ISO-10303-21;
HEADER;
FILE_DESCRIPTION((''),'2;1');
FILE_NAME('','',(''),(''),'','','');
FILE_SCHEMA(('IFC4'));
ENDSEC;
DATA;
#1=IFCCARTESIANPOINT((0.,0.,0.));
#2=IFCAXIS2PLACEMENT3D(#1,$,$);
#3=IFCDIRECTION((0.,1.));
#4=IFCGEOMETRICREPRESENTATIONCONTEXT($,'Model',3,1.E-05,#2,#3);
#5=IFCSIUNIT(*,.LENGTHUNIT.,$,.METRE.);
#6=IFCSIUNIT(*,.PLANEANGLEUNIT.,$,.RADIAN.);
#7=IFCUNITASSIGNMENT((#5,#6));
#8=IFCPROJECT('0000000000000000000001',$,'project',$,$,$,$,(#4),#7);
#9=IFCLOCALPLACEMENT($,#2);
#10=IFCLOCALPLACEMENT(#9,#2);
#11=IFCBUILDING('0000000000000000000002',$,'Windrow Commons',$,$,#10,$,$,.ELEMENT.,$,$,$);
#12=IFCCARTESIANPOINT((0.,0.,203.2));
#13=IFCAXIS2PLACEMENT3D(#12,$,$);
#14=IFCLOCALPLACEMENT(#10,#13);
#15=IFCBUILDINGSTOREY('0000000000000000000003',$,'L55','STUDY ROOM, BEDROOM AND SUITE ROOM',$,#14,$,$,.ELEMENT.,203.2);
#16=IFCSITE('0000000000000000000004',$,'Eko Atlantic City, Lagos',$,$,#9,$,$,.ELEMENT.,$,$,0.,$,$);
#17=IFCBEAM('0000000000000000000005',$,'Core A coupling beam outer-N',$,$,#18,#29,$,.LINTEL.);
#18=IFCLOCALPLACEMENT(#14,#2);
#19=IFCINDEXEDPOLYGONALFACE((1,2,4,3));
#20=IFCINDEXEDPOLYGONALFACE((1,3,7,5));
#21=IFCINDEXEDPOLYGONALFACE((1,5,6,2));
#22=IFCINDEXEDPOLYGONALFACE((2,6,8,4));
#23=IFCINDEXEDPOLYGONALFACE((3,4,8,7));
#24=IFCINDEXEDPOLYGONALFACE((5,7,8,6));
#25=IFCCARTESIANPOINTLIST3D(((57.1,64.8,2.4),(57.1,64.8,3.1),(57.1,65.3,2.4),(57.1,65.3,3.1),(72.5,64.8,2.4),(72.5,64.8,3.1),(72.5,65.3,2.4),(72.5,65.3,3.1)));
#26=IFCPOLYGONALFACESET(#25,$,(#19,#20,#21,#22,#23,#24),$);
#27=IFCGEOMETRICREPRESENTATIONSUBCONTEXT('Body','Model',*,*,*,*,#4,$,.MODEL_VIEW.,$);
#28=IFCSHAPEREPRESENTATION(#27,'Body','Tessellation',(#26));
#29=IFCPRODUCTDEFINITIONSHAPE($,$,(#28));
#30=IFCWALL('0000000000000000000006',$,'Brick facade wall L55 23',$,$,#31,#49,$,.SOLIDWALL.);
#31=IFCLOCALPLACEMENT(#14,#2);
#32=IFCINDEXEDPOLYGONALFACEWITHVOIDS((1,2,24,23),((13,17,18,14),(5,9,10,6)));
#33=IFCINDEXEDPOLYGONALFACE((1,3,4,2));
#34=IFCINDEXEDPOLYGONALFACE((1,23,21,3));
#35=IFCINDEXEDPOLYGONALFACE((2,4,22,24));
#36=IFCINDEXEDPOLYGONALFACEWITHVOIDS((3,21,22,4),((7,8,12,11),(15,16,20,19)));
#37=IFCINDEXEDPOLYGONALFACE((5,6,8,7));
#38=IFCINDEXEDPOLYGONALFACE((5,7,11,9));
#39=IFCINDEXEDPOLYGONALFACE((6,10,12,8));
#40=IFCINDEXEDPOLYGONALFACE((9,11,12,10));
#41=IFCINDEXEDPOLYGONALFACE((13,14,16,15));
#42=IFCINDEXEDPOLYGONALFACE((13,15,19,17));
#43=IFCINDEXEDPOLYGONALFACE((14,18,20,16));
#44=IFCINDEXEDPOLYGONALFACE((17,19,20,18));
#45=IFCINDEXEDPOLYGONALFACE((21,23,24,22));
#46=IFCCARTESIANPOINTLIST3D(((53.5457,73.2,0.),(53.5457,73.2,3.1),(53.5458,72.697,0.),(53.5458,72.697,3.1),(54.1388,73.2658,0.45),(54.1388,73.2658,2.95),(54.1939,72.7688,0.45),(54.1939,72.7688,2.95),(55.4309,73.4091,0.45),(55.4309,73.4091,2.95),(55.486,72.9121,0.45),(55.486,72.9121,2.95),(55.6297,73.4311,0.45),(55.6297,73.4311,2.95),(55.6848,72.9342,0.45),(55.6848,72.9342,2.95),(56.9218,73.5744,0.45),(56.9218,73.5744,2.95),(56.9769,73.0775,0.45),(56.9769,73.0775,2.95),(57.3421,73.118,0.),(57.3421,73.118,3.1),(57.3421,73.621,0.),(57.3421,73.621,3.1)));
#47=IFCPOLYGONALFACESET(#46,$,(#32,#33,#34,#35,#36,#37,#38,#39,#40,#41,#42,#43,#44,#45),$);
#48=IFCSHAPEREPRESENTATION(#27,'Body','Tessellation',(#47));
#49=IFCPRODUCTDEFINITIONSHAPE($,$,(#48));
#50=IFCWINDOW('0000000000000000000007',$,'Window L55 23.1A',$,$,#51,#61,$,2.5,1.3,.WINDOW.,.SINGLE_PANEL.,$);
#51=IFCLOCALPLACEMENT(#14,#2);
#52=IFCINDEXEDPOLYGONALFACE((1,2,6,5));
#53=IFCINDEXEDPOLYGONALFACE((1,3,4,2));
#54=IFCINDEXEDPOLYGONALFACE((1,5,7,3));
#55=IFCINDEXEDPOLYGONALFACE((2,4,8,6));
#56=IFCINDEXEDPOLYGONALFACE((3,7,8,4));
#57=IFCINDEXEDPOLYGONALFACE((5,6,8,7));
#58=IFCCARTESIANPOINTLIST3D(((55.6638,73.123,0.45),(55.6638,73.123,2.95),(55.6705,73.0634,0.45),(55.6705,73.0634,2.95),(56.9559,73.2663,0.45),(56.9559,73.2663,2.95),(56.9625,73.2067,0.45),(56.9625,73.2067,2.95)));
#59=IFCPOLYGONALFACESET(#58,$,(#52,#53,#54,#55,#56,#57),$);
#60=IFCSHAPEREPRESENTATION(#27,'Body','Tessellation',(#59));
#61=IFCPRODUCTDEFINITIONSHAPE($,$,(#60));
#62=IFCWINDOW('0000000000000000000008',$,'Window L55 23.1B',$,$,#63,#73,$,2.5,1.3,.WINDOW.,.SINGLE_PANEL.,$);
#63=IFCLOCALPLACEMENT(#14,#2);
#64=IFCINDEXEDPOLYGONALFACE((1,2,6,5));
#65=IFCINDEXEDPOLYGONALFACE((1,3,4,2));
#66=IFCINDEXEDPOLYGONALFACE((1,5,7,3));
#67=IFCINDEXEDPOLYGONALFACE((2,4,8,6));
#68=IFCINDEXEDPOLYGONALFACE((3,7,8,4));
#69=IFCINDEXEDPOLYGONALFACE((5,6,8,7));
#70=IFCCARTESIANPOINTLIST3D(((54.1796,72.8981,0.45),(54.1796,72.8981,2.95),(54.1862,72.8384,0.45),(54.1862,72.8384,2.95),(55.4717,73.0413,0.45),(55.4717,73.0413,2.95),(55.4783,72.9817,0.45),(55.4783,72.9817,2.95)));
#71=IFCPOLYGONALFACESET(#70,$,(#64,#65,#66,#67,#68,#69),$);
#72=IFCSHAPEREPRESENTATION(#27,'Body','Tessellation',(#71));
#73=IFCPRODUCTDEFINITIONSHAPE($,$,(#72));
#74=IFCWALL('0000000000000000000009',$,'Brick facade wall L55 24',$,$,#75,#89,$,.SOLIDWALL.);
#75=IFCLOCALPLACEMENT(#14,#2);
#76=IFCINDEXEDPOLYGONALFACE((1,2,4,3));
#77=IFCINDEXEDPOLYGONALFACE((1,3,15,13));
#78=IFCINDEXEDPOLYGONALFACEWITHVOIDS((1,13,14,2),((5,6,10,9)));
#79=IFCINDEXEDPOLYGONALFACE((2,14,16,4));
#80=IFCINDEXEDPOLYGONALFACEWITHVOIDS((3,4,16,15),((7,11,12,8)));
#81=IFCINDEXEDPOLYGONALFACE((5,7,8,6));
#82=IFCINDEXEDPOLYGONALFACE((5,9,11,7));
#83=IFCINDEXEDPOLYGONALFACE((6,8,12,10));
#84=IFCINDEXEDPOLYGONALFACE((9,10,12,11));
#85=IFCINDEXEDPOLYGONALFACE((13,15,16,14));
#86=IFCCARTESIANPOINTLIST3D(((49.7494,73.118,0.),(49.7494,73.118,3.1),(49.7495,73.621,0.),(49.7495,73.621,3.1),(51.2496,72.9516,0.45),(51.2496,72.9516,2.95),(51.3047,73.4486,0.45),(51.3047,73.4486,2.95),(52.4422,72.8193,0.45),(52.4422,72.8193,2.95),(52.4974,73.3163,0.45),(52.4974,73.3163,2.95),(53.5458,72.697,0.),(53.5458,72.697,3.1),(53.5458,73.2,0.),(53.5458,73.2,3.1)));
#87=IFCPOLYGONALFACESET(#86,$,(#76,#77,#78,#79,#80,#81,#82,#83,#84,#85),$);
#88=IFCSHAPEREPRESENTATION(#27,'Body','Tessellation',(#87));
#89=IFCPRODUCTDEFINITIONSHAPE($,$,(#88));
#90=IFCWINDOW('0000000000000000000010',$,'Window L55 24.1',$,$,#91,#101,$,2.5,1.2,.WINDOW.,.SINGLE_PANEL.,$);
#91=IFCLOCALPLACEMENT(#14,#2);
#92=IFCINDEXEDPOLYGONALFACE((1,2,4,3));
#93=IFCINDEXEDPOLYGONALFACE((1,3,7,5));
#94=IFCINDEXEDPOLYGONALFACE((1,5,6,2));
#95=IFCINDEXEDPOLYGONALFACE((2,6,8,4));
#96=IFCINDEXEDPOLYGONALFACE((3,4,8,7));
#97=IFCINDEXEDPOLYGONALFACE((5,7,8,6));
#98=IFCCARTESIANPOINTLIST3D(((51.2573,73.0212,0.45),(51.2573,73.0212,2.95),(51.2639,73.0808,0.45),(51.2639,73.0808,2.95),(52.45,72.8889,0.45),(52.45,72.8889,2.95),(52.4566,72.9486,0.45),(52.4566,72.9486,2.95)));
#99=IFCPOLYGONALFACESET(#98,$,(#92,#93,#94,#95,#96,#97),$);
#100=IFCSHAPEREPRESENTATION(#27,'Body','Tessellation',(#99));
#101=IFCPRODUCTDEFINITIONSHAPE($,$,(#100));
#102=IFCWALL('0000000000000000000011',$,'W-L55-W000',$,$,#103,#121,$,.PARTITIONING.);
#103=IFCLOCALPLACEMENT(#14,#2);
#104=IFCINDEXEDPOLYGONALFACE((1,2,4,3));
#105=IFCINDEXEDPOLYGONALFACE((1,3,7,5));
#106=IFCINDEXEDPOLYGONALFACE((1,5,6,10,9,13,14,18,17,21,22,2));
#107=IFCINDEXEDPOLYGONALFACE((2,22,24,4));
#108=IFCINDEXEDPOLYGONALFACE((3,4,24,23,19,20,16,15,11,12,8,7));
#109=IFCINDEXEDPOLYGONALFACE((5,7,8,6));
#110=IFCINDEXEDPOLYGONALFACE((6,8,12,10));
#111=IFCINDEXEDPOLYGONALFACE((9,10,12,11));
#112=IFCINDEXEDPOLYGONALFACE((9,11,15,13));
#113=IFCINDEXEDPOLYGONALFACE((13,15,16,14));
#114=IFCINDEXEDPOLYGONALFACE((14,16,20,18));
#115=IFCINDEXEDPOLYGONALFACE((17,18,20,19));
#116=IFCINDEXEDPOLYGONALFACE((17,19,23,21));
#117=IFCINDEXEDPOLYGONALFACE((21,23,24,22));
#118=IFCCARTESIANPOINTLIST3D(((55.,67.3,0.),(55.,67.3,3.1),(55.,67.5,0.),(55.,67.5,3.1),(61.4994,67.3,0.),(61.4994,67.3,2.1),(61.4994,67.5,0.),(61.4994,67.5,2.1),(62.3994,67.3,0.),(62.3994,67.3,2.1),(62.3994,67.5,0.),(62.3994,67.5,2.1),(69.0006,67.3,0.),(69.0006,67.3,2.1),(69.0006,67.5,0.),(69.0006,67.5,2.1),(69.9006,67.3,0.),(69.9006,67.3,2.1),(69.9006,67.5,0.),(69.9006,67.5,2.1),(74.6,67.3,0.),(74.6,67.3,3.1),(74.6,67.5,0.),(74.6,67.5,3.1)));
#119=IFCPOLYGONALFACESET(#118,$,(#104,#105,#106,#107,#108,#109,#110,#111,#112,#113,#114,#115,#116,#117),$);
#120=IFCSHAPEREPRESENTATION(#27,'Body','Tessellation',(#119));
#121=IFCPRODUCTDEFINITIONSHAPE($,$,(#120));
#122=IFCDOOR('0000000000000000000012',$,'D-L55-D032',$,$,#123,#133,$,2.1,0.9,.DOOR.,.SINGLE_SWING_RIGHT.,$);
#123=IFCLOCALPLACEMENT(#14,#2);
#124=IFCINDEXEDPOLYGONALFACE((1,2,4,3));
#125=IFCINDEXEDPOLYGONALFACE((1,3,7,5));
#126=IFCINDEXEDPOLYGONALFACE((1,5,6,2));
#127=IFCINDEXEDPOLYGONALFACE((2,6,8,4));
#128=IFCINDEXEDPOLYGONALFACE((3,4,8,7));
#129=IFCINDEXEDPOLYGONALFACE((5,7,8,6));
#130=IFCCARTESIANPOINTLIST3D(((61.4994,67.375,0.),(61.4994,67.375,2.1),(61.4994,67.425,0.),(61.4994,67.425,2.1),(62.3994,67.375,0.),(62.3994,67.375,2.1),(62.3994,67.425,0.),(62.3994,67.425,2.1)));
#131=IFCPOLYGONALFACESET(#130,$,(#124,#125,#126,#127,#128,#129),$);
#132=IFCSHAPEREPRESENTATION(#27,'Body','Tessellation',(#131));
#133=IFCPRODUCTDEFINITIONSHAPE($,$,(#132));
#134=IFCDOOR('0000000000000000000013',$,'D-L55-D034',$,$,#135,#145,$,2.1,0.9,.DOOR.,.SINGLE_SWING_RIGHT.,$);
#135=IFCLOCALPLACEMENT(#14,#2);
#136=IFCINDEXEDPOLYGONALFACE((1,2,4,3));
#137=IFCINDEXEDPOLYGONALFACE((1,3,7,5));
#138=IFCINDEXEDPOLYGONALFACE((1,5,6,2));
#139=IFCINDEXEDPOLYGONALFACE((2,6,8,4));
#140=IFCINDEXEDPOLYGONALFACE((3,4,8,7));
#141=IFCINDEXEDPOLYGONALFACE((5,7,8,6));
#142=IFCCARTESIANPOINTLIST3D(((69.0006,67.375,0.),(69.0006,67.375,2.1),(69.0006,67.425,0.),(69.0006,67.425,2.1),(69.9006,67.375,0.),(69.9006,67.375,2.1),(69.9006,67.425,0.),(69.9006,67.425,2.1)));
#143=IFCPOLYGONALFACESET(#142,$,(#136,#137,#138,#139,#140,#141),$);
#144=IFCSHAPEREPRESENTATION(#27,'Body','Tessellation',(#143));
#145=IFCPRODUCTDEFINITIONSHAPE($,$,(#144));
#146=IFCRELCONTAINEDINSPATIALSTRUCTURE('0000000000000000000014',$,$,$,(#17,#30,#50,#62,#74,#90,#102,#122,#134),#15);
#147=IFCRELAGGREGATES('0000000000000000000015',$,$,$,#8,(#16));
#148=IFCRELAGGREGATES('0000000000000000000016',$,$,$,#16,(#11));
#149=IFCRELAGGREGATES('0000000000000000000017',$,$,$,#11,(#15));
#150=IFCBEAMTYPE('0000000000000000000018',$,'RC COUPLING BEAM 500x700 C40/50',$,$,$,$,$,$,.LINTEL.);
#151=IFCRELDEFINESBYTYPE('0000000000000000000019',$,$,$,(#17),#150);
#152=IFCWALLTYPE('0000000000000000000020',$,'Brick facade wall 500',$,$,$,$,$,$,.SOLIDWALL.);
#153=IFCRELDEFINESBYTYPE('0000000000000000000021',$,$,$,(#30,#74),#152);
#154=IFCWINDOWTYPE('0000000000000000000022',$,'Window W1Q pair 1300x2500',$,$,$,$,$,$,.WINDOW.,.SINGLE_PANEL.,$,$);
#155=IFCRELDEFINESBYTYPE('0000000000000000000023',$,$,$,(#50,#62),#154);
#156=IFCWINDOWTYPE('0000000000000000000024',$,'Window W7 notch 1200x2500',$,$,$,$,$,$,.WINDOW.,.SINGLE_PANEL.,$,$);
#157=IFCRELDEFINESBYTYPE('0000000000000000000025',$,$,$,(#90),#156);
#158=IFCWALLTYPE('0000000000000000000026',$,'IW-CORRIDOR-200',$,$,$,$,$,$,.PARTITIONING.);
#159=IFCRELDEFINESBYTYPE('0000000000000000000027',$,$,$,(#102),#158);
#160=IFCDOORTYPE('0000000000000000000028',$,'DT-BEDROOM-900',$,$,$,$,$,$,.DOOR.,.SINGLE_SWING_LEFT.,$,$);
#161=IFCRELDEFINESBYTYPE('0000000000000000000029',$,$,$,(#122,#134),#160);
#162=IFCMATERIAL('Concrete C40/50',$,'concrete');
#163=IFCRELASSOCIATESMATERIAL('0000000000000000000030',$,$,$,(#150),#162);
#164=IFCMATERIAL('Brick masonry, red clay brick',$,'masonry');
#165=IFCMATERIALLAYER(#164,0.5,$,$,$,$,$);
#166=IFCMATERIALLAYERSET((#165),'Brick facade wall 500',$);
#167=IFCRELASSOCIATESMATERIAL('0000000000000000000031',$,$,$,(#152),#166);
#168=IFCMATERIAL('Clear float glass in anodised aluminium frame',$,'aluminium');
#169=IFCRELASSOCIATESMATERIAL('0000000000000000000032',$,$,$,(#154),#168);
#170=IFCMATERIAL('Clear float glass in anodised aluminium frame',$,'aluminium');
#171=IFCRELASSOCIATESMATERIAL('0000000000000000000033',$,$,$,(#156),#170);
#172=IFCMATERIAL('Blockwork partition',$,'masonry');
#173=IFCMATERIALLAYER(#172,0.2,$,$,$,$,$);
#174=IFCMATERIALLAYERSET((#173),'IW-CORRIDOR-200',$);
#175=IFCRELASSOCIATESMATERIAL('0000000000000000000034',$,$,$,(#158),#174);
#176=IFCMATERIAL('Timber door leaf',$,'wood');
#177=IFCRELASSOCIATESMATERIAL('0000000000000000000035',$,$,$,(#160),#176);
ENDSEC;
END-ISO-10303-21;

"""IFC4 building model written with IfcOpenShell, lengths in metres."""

from ifc_helpers import new_model, si_unit, direction, frame, frame_2d, origin, origin_2d, place, context, subcontext, project, spatial, polyline, rectangle, outline, extrude, material, layer, layer_set, material_profile, profile_set, type_object, element, fill, save


model = new_model("IFC4")

# Units and contexts
model_context = context("Model", 3, precision=1e-05, world=origin(), true_north=direction((0.0, 1.0)))
body_context = subcontext(model_context, "Body", "Model", "MODEL_VIEW")
ifc_project = project(units=[si_unit("LENGTHUNIT", "METRE"), si_unit("PLANEANGLEUNIT", "RADIAN")], contexts=[model_context])

# Site, building, storey
site_placement = place(None, origin())
site = spatial("IfcSite", under=ifc_project, at=site_placement, Name="Eko Atlantic City, Lagos", CompositionType="ELEMENT", RefElevation=0.0)
building_placement = place(site_placement, origin())
building = spatial("IfcBuilding", under=site, at=building_placement, Name="Windrow Commons", CompositionType="ELEMENT")
storey_placement = place(building_placement, frame((0.0, 0.0, 203.2)))
storey = spatial("IfcBuildingStorey", under=building, at=storey_placement, Name="L55", Description="STUDY ROOM, BEDROOM AND SUITE ROOM", CompositionType="ELEMENT", Elevation=203.2)

# Beam
ifc_material_1 = material(Name="Concrete C40/50", Category="concrete")
ifc_material_profile = material_profile(ifc_material_1, rectangle(XDim=0.5, YDim=0.7, at=origin_2d()))
ifc_profile_set = profile_set([ifc_material_profile], Name="Concrete C40/50")
beam_type = type_object("IfcBeamType", Name="RC COUPLING BEAM 500x700 C40/50", PredefinedType="LINTEL", material=ifc_profile_set)
beam_placement = place(storey_placement, frame((57.1, 65.05, 2.75), z_axis=(1.0, 0.0, 0.0), x_axis=(0.0, 1.0, 0.0)))
element("IfcBeam", 1, at=beam_placement, inside=storey, type_object=beam_type, Name="Core A coupling beam outer-N", PredefinedType="LINTEL", context=body_context, shape_type="SweptSolid", body=[
    extrude(rectangle(XDim=0.5, YDim=0.7, at=origin_2d()), origin(), (0.0, 0.0, 1.0), 15.4),
])

# Wall, openings, windows
ifc_material_2 = material(Name="Brick masonry, red clay brick", Category="masonry")
ifc_layer_1 = layer(ifc_material_2, 0.5)
ifc_layer_set_1 = layer_set([ifc_layer_1], Name="Brick facade wall 500")
wall_type_1 = type_object("IfcWallType", Name="Brick facade wall 500", PredefinedType="SOLIDWALL", material=ifc_layer_set_1)
wall_1_placement = place(storey_placement, frame((57.3421, 73.3695, 0.0), z_axis=(0.0, 0.0, 1.0), x_axis=(-0.993907, -0.110222, 0.0)))
wall_1 = element("IfcWall", 2, at=wall_1_placement, inside=storey, type_object=wall_type_1, Name="Brick facade wall L55 23", PredefinedType="SOLIDWALL", context=body_context, shape_type="SweptSolid", body=[
    extrude(outline(polyline([(-0.0277, -0.25), (3.7919, -0.25), (3.8473, 0.25), (0.0277, 0.25), (-0.0277, -0.25)])), origin(), (0.0, 0.0, 1.0), 3.1),
])
opening_1_placement = place(wall_1_placement, frame((0.3952, 0.0, 0.45)))
opening_1 = element("IfcOpeningElement", 3, at=opening_1_placement, cuts=wall_1, PredefinedType="OPENING", context=body_context, shape_type="SweptSolid", body=[
    extrude(rectangle(XDim=1.3, YDim=2.5, at=frame_2d((0.65, 1.25))), frame((0.0, 0.26, 0.0), z_axis=(0.0, -1.0, 0.0), x_axis=(1.0, 0.0, 0.0)), (0.0, 0.0, 1.0), 0.52),
])
opening_2_placement = place(wall_1_placement, frame((1.8952, 0.0, 0.45)))
opening_2 = element("IfcOpeningElement", 4, at=opening_2_placement, cuts=wall_1, PredefinedType="OPENING", context=body_context, shape_type="SweptSolid", body=[
    extrude(rectangle(XDim=1.3, YDim=2.5, at=frame_2d((0.65, 1.25))), frame((0.0, 0.26, 0.0), z_axis=(0.0, -1.0, 0.0), x_axis=(1.0, 0.0, 0.0)), (0.0, 0.0, 1.0), 0.52),
])
ifc_material_3 = material(Name="Clear float glass in anodised aluminium frame", Category="aluminium")
window_type_1 = type_object("IfcWindowType", Name="Window W1Q pair 1300x2500", PartitioningType="SINGLE_PANEL", PredefinedType="WINDOW", material=ifc_material_3)
window_1_placement = place(opening_1_placement, origin())
window_1 = element("IfcWindow", 5, at=window_1_placement, inside=storey, type_object=window_type_1, Name="Window L55 23.1A", OverallHeight=2.5, OverallWidth=1.3, PartitioningType="SINGLE_PANEL", PredefinedType="WINDOW", context=body_context, shape_type="SweptSolid", body=[
    extrude(rectangle(XDim=1.3, YDim=2.5, at=frame_2d((0.65, 1.25))), frame((0.0, 0.12, 0.0), z_axis=(0.0, -1.0, 0.0), x_axis=(1.0, 0.0, 0.0)), (0.0, 0.0, 1.0), 0.06),
])
fill(opening_1, window_1)
window_2_placement = place(opening_2_placement, origin())
window_2 = element("IfcWindow", 6, at=window_2_placement, inside=storey, type_object=window_type_1, Name="Window L55 23.1B", OverallHeight=2.5, OverallWidth=1.3, PartitioningType="SINGLE_PANEL", PredefinedType="WINDOW", context=body_context, shape_type="SweptSolid", body=[
    extrude(rectangle(XDim=1.3, YDim=2.5, at=frame_2d((0.65, 1.25))), frame((0.0, 0.18, 0.0), z_axis=(0.0, -1.0, 0.0), x_axis=(1.0, 0.0, 0.0)), (0.0, 0.0, 1.0), 0.06),
])
fill(opening_2, window_2)

# Wall, opening, window
wall_2_placement = place(storey_placement, frame((53.5458, 72.9485, 0.0), z_axis=(0.0, 0.0, 1.0), x_axis=(-0.993907, 0.110222, 0.0)))
wall_2 = element("IfcWall", 7, at=wall_2_placement, inside=storey, type_object=wall_type_1, Name="Brick facade wall L55 24", PredefinedType="SOLIDWALL", context=body_context, shape_type="SweptSolid", body=[
    extrude(outline(polyline([(0.0277, -0.25), (3.8473, -0.25), (3.7919, 0.25), (-0.0277, 0.25), (0.0277, -0.25)])), origin(), (0.0, 0.0, 1.0), 3.1),
])
opening_3_placement = place(wall_2_placement, frame((1.0826, 0.0, 0.45)))
opening_3 = element("IfcOpeningElement", 8, at=opening_3_placement, cuts=wall_2, PredefinedType="OPENING", context=body_context, shape_type="SweptSolid", body=[
    extrude(rectangle(XDim=1.2, YDim=2.5, at=frame_2d((0.6, 1.25))), frame((0.0, 0.26, 0.0), z_axis=(0.0, -1.0, 0.0), x_axis=(1.0, 0.0, 0.0)), (0.0, 0.0, 1.0), 0.52),
])
ifc_material_4 = material(Name="Clear float glass in anodised aluminium frame", Category="aluminium")
window_type_2 = type_object("IfcWindowType", Name="Window W7 notch 1200x2500", PartitioningType="SINGLE_PANEL", PredefinedType="WINDOW", material=ifc_material_4)
window_3_placement = place(opening_3_placement, origin())
window_3 = element("IfcWindow", 9, at=window_3_placement, inside=storey, type_object=window_type_2, Name="Window L55 24.1", OverallHeight=2.5, OverallWidth=1.2, PartitioningType="SINGLE_PANEL", PredefinedType="WINDOW", context=body_context, shape_type="SweptSolid", body=[
    extrude(rectangle(XDim=1.2, YDim=2.5, at=frame_2d((0.6, 1.25))), frame((0.0, 0.18, 0.0), z_axis=(0.0, -1.0, 0.0), x_axis=(1.0, 0.0, 0.0)), (0.0, 0.0, 1.0), 0.06),
])
fill(opening_3, window_3)

# Wall, openings, doors
ifc_material_5 = material(Name="Blockwork partition", Category="masonry")
ifc_layer_2 = layer(ifc_material_5, 0.2)
ifc_layer_set_2 = layer_set([ifc_layer_2], Name="IW-CORRIDOR-200")
wall_type_2 = type_object("IfcWallType", Name="IW-CORRIDOR-200", PredefinedType="PARTITIONING", material=ifc_layer_set_2)
wall_3_placement = place(storey_placement, frame((55.0, 67.4, 0.0), z_axis=(0.0, 0.0, 1.0), x_axis=(1.0, 0.0, 0.0)))
wall_3 = element("IfcWall", 10, at=wall_3_placement, inside=storey, type_object=wall_type_2, Name="W-L55-W000", PredefinedType="PARTITIONING", context=body_context, shape_type="SweptSolid", body=[
    extrude(rectangle(XDim=19.6, YDim=0.2, at=frame_2d((9.8, 0.0))), origin(), (0.0, 0.0, 1.0), 3.1),
])
opening_4_placement = place(wall_3_placement, frame((6.4994, 0.0, 0.0)))
opening_4 = element("IfcOpeningElement", 11, at=opening_4_placement, cuts=wall_3, PredefinedType="OPENING", context=body_context, shape_type="SweptSolid", body=[
    extrude(rectangle(XDim=0.9, YDim=2.1, at=frame_2d((0.45, 1.05))), frame((0.0, 0.11, 0.0), z_axis=(0.0, -1.0, 0.0), x_axis=(1.0, 0.0, 0.0)), (0.0, 0.0, 1.0), 0.22),
])
opening_5_placement = place(wall_3_placement, frame((14.0006, 0.0, 0.0)))
opening_5 = element("IfcOpeningElement", 12, at=opening_5_placement, cuts=wall_3, PredefinedType="OPENING", context=body_context, shape_type="SweptSolid", body=[
    extrude(rectangle(XDim=0.9, YDim=2.1, at=frame_2d((0.45, 1.05))), frame((0.0, 0.11, 0.0), z_axis=(0.0, -1.0, 0.0), x_axis=(1.0, 0.0, 0.0)), (0.0, 0.0, 1.0), 0.22),
])
ifc_material_6 = material(Name="Timber door leaf", Category="wood")
door_type_1 = type_object("IfcDoorType", Name="DT-BEDROOM-900", OperationType="SINGLE_SWING_LEFT", PredefinedType="DOOR", material=ifc_material_6)
door_1_placement = place(opening_4_placement, origin())
door_1 = element("IfcDoor", 13, at=door_1_placement, inside=storey, type_object=door_type_1, Name="D-L55-D032", OperationType="SINGLE_SWING_RIGHT", OverallHeight=2.1, OverallWidth=0.9, PredefinedType="DOOR", context=body_context, shape_type="SweptSolid", body=[
    extrude(rectangle(XDim=0.9, YDim=2.1, at=frame_2d((0.45, 1.05))), frame((0.0, 0.025, 0.0), z_axis=(0.0, -1.0, 0.0), x_axis=(1.0, 0.0, 0.0)), (0.0, 0.0, 1.0), 0.05),
])
fill(opening_4, door_1)
door_2_placement = place(opening_5_placement, origin())
door_2 = element("IfcDoor", 14, at=door_2_placement, inside=storey, type_object=door_type_1, Name="D-L55-D034", OperationType="SINGLE_SWING_RIGHT", OverallHeight=2.1, OverallWidth=0.9, PredefinedType="DOOR", context=body_context, shape_type="SweptSolid", body=[
    extrude(rectangle(XDim=0.9, YDim=2.1, at=frame_2d((0.45, 1.05))), frame((0.0, 0.025, 0.0), z_axis=(0.0, -1.0, 0.0), x_axis=(1.0, 0.0, 0.0)), (0.0, 0.0, 1.0), 0.05),
])
fill(opening_5, door_2)

save(model, "model.ifc")
